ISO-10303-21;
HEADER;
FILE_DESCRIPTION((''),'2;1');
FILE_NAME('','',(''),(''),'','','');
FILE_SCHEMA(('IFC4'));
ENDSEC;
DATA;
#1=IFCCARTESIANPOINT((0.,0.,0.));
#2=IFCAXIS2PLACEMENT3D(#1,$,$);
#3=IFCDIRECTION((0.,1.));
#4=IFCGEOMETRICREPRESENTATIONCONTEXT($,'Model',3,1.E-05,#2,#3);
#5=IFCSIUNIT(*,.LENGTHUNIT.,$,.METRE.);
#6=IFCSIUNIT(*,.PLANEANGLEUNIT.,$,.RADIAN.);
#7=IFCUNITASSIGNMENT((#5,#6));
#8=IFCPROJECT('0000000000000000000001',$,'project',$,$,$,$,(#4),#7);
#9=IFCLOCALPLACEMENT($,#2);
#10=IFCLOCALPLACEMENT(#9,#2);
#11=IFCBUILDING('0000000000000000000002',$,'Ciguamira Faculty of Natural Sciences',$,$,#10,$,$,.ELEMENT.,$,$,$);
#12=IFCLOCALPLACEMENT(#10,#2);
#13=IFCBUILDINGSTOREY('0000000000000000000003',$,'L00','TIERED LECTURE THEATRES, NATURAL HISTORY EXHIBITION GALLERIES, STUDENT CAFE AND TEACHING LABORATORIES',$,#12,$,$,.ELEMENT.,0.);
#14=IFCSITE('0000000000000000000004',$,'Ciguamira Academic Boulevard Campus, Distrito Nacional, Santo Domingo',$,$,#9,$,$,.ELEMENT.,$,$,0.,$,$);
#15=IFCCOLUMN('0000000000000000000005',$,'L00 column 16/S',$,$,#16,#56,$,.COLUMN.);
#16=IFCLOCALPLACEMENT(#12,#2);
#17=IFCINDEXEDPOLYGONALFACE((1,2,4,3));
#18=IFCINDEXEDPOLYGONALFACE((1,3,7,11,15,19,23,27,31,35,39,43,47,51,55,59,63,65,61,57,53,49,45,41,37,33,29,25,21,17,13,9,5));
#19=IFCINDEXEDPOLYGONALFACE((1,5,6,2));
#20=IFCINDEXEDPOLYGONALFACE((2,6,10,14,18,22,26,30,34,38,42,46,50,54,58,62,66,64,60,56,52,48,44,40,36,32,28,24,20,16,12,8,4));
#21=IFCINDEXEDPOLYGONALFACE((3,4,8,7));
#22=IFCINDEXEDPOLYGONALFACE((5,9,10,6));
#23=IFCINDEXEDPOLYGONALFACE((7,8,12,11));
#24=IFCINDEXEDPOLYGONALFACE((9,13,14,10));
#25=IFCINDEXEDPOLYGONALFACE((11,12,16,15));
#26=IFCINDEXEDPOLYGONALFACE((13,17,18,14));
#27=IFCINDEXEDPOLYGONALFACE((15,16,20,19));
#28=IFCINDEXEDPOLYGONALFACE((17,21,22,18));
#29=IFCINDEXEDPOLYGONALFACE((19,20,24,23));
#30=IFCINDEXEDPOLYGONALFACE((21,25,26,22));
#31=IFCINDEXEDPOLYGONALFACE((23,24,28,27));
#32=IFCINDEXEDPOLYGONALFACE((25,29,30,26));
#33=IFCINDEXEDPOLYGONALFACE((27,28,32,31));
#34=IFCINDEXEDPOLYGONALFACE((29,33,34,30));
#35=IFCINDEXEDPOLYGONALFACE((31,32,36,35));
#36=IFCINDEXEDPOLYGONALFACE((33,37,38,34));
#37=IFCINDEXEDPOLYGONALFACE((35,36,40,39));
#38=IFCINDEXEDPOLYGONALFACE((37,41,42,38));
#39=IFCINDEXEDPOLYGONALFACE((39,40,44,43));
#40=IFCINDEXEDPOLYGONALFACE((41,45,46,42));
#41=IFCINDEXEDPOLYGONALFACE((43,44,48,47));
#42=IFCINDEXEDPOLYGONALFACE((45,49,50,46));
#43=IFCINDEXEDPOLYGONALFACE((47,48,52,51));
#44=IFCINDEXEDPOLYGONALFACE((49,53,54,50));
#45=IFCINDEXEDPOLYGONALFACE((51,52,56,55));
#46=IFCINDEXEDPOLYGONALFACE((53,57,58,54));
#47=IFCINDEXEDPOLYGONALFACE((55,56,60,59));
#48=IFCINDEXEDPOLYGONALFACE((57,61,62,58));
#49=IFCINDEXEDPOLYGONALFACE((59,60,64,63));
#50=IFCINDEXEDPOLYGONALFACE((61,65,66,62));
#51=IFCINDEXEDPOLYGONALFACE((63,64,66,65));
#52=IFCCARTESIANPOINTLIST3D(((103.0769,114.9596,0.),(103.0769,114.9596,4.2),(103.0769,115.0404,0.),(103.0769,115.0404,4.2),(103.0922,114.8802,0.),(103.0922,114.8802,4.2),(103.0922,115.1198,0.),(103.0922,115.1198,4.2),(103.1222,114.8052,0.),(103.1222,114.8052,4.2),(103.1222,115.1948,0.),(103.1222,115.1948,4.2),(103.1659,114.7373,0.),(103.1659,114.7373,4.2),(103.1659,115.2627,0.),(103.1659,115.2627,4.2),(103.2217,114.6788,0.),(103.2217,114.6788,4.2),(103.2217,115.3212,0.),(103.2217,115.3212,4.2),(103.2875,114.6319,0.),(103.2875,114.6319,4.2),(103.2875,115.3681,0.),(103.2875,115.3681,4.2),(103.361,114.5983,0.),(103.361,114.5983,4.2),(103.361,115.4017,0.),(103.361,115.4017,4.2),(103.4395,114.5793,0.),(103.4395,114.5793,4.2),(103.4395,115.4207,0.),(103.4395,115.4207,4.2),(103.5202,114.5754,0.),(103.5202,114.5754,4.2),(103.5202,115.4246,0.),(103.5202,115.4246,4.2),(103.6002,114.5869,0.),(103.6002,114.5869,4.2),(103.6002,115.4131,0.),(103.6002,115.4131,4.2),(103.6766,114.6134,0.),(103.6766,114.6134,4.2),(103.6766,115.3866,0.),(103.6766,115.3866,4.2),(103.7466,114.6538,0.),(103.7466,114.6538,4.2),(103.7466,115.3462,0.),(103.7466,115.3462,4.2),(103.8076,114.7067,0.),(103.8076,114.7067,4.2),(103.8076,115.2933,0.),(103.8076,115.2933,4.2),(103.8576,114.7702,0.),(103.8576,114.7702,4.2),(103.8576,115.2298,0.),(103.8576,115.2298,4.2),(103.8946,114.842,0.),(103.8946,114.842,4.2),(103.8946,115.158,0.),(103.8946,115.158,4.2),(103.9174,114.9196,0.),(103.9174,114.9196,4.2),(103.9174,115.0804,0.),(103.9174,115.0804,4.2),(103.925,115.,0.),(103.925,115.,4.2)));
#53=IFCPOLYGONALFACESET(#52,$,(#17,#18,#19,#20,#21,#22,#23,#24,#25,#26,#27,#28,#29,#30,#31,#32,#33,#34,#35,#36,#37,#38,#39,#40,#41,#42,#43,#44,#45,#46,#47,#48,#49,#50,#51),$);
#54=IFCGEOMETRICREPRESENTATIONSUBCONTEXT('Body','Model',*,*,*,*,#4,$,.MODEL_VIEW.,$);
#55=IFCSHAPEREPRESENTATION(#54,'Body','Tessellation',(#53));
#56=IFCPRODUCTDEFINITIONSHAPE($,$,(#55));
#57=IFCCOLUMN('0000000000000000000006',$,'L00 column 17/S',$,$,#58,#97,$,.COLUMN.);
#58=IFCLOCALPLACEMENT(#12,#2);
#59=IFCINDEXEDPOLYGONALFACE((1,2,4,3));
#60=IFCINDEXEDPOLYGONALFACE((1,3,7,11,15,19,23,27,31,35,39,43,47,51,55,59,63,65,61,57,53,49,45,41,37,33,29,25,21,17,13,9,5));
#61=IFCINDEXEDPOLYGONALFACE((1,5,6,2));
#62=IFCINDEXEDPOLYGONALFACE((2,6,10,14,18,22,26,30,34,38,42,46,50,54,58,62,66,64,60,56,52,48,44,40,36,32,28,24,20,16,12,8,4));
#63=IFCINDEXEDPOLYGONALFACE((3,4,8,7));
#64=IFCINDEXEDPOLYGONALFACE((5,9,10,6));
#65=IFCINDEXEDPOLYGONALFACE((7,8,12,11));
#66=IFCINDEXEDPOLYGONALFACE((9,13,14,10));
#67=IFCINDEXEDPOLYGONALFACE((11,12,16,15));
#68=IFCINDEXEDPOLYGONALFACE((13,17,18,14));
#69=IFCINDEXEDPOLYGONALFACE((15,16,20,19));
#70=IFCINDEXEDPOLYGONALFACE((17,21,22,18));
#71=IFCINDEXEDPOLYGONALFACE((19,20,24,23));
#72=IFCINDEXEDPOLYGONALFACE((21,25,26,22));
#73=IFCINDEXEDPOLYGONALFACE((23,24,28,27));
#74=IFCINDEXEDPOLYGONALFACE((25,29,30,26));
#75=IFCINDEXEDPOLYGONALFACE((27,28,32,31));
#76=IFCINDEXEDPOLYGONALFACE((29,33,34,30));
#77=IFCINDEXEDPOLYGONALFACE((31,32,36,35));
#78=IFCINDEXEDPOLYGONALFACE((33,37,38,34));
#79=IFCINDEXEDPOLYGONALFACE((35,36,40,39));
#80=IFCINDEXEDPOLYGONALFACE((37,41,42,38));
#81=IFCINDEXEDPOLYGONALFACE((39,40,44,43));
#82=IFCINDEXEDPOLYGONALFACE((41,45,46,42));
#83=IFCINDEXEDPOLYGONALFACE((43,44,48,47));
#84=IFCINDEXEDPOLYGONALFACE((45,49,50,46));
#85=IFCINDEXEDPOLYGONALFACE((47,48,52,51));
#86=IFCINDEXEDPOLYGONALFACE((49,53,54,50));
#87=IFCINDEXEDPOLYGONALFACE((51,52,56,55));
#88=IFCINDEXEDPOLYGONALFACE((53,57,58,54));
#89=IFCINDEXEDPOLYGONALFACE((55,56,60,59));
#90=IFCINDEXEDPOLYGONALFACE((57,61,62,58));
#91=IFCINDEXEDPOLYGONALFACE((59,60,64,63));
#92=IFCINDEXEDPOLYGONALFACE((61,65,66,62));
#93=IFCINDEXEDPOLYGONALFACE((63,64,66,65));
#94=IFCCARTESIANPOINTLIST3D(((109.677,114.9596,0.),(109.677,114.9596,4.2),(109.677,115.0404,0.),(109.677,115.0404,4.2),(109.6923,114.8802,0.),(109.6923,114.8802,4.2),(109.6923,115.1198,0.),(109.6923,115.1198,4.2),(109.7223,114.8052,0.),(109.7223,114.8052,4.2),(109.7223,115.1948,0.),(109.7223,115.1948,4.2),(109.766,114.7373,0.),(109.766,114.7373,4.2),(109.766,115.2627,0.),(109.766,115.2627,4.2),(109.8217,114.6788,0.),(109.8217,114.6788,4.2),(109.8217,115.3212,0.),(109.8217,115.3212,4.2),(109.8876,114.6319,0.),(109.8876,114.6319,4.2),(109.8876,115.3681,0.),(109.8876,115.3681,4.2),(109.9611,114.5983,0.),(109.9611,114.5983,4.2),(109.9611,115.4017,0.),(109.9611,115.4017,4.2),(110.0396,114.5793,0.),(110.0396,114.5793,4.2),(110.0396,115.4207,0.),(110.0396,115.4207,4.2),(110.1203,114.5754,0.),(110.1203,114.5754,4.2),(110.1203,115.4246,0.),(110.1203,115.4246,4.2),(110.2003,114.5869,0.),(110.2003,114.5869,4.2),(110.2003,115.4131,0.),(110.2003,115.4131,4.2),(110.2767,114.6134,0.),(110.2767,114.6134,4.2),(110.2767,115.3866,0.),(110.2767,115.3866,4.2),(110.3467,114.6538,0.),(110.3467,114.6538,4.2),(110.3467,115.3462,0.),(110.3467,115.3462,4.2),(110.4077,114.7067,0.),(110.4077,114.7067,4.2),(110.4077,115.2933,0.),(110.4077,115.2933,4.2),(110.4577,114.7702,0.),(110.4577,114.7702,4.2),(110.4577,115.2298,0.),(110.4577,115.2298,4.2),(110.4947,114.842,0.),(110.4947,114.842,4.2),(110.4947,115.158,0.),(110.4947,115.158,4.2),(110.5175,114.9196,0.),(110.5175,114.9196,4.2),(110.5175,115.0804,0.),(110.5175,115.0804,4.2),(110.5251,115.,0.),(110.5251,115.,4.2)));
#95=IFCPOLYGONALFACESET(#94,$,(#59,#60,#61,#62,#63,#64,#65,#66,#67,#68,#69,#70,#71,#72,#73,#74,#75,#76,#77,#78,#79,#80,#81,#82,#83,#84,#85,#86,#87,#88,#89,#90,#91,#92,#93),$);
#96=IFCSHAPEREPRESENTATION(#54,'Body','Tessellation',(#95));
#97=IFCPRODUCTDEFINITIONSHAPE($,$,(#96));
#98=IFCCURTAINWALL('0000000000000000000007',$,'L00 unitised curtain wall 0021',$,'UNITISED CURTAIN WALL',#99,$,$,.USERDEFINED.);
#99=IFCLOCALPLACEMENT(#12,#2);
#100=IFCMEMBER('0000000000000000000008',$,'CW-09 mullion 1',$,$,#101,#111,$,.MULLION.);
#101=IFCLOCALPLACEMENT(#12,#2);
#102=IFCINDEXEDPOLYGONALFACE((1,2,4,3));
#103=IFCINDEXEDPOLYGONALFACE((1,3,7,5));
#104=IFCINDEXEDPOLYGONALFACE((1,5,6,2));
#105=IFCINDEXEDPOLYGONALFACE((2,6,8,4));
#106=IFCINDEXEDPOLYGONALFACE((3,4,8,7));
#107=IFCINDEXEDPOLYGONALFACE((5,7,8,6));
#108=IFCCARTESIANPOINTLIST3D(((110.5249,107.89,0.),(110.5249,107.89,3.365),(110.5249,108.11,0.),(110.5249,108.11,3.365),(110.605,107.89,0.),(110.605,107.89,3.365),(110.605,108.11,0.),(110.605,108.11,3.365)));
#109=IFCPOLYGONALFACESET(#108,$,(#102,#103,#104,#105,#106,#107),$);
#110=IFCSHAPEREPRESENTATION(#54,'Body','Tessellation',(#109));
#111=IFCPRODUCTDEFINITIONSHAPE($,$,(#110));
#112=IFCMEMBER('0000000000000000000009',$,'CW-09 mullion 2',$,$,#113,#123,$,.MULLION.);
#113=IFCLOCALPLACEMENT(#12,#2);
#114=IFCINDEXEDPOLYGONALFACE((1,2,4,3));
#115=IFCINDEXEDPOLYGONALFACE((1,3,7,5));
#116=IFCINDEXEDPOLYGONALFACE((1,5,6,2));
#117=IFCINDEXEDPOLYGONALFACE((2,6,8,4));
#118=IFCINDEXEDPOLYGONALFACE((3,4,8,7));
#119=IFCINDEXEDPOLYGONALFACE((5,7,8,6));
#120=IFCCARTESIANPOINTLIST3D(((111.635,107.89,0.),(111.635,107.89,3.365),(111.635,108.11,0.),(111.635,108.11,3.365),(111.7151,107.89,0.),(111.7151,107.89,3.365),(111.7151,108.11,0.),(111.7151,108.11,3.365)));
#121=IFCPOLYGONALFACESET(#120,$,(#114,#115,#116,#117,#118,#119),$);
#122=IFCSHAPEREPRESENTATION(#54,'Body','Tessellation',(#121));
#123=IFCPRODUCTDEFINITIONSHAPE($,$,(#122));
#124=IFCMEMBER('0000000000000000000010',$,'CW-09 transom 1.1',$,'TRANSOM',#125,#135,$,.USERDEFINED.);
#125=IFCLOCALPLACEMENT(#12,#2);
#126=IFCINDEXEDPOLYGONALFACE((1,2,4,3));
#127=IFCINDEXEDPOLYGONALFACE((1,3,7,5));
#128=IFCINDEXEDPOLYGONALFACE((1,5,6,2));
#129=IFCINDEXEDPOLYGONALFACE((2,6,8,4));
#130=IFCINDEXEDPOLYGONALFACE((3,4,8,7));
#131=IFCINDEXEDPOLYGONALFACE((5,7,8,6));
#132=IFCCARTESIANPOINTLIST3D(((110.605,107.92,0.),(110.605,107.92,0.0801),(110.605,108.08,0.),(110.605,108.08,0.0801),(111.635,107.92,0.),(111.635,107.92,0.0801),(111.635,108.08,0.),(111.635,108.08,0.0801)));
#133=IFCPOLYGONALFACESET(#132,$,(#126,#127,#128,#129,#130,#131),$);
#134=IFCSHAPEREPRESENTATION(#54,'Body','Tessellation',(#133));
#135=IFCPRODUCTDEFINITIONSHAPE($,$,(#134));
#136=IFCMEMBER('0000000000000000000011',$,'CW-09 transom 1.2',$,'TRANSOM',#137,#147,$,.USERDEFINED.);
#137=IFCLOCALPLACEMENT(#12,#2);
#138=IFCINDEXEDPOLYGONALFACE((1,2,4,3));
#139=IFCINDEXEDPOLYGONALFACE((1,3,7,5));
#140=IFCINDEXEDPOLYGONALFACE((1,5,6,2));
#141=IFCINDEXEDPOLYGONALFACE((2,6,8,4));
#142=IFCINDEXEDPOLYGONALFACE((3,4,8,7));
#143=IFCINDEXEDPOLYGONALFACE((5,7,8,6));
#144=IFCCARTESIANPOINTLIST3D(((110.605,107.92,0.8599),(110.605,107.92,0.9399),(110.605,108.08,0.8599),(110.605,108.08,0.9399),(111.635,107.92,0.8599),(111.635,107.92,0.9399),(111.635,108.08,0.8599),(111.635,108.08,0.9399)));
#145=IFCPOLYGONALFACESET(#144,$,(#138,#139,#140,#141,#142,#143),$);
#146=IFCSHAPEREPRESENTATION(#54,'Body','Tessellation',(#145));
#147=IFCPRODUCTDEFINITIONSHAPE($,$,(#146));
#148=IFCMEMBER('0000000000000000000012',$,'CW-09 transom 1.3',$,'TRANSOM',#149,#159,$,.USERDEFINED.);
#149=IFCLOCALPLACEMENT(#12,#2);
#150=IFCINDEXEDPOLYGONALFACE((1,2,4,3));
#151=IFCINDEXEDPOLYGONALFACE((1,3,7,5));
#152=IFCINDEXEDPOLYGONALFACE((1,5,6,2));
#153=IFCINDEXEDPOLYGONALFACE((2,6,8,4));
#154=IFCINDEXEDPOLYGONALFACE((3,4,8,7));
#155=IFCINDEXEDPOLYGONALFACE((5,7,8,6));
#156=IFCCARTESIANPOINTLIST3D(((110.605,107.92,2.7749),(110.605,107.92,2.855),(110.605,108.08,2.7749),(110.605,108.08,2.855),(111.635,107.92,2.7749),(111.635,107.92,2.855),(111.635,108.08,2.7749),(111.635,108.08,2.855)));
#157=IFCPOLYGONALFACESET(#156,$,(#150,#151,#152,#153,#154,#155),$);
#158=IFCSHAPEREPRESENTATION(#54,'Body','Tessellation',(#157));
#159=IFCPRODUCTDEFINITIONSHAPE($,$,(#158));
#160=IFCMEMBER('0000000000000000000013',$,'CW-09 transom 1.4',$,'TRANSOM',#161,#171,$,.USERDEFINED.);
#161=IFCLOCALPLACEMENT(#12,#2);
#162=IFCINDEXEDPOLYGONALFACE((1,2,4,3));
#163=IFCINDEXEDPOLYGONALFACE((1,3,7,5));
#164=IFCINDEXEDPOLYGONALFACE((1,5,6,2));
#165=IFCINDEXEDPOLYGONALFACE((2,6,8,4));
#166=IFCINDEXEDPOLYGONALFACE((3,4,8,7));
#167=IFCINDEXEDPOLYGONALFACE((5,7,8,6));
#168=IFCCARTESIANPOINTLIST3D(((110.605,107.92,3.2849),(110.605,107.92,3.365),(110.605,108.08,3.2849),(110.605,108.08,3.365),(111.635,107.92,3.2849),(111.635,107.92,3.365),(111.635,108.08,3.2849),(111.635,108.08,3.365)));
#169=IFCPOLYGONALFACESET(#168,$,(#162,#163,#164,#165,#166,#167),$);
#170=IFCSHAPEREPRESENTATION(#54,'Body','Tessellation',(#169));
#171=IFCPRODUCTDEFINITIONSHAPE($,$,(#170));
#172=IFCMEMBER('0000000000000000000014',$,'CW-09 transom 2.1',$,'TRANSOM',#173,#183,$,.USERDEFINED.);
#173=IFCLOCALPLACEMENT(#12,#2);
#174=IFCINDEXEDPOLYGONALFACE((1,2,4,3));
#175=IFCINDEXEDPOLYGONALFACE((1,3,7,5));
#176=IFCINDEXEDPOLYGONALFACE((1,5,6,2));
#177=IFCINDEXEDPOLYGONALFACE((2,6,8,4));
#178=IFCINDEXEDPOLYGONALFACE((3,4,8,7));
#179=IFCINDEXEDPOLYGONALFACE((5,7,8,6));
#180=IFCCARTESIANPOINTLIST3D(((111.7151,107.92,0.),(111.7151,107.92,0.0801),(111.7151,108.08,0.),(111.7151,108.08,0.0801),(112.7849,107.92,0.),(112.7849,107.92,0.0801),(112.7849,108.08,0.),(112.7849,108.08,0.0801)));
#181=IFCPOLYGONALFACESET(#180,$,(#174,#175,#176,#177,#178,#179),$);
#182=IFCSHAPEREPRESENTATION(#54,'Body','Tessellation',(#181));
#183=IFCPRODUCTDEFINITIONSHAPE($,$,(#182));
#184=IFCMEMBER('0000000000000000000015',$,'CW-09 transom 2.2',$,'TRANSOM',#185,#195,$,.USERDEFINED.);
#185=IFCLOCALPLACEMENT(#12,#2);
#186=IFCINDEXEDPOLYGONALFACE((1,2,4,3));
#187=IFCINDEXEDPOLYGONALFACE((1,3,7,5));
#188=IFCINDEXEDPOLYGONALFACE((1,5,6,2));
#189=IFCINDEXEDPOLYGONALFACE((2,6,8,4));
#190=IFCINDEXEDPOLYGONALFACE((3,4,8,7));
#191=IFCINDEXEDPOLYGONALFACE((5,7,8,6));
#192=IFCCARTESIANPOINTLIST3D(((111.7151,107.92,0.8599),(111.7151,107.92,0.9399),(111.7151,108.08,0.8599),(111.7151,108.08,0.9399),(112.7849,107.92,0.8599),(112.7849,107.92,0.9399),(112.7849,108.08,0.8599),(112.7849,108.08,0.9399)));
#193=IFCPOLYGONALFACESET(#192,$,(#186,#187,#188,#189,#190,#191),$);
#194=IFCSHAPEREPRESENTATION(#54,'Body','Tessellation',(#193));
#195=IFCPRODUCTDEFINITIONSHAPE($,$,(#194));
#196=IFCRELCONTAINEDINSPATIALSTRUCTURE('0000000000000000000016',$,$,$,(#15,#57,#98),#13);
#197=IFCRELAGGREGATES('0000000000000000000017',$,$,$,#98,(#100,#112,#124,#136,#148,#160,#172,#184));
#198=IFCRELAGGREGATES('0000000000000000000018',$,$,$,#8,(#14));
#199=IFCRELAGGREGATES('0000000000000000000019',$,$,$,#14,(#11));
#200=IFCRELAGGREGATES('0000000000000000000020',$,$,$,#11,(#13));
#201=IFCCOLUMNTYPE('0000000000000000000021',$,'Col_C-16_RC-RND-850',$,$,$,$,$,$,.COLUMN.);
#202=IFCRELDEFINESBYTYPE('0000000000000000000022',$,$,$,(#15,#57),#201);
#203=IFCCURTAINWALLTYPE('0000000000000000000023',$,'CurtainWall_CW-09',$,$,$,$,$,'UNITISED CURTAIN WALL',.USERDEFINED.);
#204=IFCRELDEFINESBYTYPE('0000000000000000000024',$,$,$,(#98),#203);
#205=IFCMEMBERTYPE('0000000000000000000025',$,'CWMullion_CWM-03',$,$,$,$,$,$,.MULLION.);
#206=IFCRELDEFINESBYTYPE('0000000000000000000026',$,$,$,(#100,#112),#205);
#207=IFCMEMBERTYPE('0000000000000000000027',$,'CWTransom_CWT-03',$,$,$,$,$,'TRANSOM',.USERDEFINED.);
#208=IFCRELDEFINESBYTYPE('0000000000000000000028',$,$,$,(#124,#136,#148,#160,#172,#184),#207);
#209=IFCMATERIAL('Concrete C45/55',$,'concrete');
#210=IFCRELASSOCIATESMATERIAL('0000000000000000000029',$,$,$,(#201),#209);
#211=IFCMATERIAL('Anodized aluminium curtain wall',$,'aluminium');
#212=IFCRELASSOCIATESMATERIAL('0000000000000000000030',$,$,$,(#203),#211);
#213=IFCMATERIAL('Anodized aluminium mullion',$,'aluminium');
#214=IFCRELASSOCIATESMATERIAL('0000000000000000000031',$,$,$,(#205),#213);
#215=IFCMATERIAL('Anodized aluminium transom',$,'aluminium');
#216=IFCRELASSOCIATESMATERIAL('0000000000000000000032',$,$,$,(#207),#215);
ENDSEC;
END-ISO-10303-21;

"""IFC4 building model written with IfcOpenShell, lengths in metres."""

from ifc_helpers import new_model, si_unit, direction, frame, origin, origin_2d, place, context, subcontext, project, spatial, rectangle, circle, extrude, material, material_profile, profile_set, type_object, element, aggregate, save


model = new_model("IFC4")

# Units and contexts
model_context = context("Model", 3, precision=1e-05, world=origin(), true_north=direction((0.0, 1.0)))
body_context = subcontext(model_context, "Body", "Model", "MODEL_VIEW")
ifc_project = project(units=[si_unit("LENGTHUNIT", "METRE"), si_unit("PLANEANGLEUNIT", "RADIAN")], contexts=[model_context])

# Site, building, storey
site_placement = place(None, origin())
site = spatial("IfcSite", under=ifc_project, at=site_placement, Name="Ciguamira Academic Boulevard Campus, Distrito Nacional, Santo Domingo", CompositionType="ELEMENT", RefElevation=0.0)
building_placement = place(site_placement, origin())
building = spatial("IfcBuilding", under=site, at=building_placement, Name="Ciguamira Faculty of Natural Sciences", CompositionType="ELEMENT")
storey_placement = place(building_placement, origin())
storey = spatial("IfcBuildingStorey", under=building, at=storey_placement, Name="L00", Description="TIERED LECTURE THEATRES, NATURAL HISTORY EXHIBITION GALLERIES, STUDENT CAFE AND TEACHING LABORATORIES", CompositionType="ELEMENT", Elevation=0.0)

# Columns
ifc_material_1 = material(Name="Concrete C45/55", Category="concrete")
ifc_material_profile_1 = material_profile(ifc_material_1, circle(Radius=0.425, at=origin_2d()), Name="RC-RND-850")
ifc_profile_set_1 = profile_set([ifc_material_profile_1], Name="Concrete C45/55")
column_type = type_object("IfcColumnType", Name="Col_C-16_RC-RND-850", PredefinedType="COLUMN", material=ifc_profile_set_1)
for number, where, z_axis, x_axis, name in (
    (1, (103.5, 115.0, 0.0), (0.0, 0.0, 1.0), (1.0, 0.0, 0.0), "L00 column 16/S"),
    (2, (110.1001, 115.0, 0.0), (0.0, 0.0, 1.0), (1.0, 0.0, 0.0), "L00 column 17/S"),
):
    element("IfcColumn", number, at=place(storey_placement, frame(where, z_axis=z_axis, x_axis=x_axis)), inside=storey, type_object=column_type, Name=name, PredefinedType="COLUMN", context=body_context, shape_type="SweptSolid", body=[
        extrude(circle(Radius=0.425, at=origin_2d()), origin(), (0.0, 0.0, 1.0), 4.2),
    ])

# Curtain wall, members
ifc_material_2 = material(Name="Anodized aluminium curtain wall", Category="aluminium")
curtain_wall_type = type_object("IfcCurtainWallType", Name="CurtainWall_CW-09", ElementType="UNITISED CURTAIN WALL", PredefinedType="USERDEFINED", material=ifc_material_2)
curtain_wall_placement = place(storey_placement, origin())
curtain_wall = element("IfcCurtainWall", 3, at=curtain_wall_placement, inside=storey, type_object=curtain_wall_type, Name="L00 unitised curtain wall 0021", ObjectType="UNITISED CURTAIN WALL", PredefinedType="USERDEFINED")
ifc_material_3 = material(Name="Anodized aluminium mullion", Category="aluminium")
ifc_material_profile_2 = material_profile(ifc_material_3, rectangle(XDim=0.0801, YDim=0.22, at=origin_2d()), Name="ALU-MUL-80X220")
ifc_profile_set_2 = profile_set([ifc_material_profile_2], Name="Anodized aluminium mullion")
member_type_1 = type_object("IfcMemberType", Name="CWMullion_CWM-03", PredefinedType="MULLION", material=ifc_profile_set_2)
member_1_placement = place(storey_placement, frame((110.5649, 108.0, 0.0), z_axis=(0.0, 0.0, 1.0), x_axis=(1.0, 0.0, 0.0)))
member_1 = element("IfcMember", 4, at=member_1_placement, type_object=member_type_1, Name="CW-09 mullion 1", PredefinedType="MULLION", context=body_context, shape_type="SweptSolid", body=[
    extrude(rectangle(XDim=0.0801, YDim=0.22, at=origin_2d()), origin(), (0.0, 0.0, 1.0), 3.365),
])
member_2_placement = place(storey_placement, frame((111.675, 108.0, 0.0), z_axis=(0.0, 0.0, 1.0), x_axis=(1.0, 0.0, 0.0)))
member_2 = element("IfcMember", 5, at=member_2_placement, type_object=member_type_1, Name="CW-09 mullion 2", PredefinedType="MULLION", context=body_context, shape_type="SweptSolid", body=[
    extrude(rectangle(XDim=0.0801, YDim=0.22, at=origin_2d()), origin(), (0.0, 0.0, 1.0), 3.365),
])
ifc_material_4 = material(Name="Anodized aluminium transom", Category="aluminium")
ifc_material_profile_3 = material_profile(ifc_material_4, rectangle(XDim=0.0801, YDim=0.1599, at=origin_2d()), Name="ALU-TRN-80X160")
ifc_profile_set_3 = profile_set([ifc_material_profile_3], Name="Anodized aluminium transom")
member_type_2 = type_object("IfcMemberType", Name="CWTransom_CWT-03", ElementType="TRANSOM", PredefinedType="USERDEFINED", material=ifc_profile_set_3)
member_3_placement = place(storey_placement, frame((110.605, 108.0, 0.04), z_axis=(1.0, 0.0, 0.0), x_axis=(0.0, 0.0, 1.0)))
member_3 = element("IfcMember", 6, at=member_3_placement, type_object=member_type_2, Name="CW-09 transom 1.1", ObjectType="TRANSOM", PredefinedType="USERDEFINED", context=body_context, shape_type="SweptSolid", body=[
    extrude(rectangle(XDim=0.0801, YDim=0.1599, at=origin_2d()), origin(), (0.0, 0.0, 1.0), 1.03),
])
member_4_placement = place(storey_placement, frame((110.605, 108.0, 0.8999), z_axis=(1.0, 0.0, 0.0), x_axis=(0.0, 0.0, 1.0)))
member_4 = element("IfcMember", 7, at=member_4_placement, type_object=member_type_2, Name="CW-09 transom 1.2", ObjectType="TRANSOM", PredefinedType="USERDEFINED", context=body_context, shape_type="SweptSolid", body=[
    extrude(rectangle(XDim=0.0801, YDim=0.1599, at=origin_2d()), origin(), (0.0, 0.0, 1.0), 1.03),
])
member_5_placement = place(storey_placement, frame((110.605, 108.0, 2.8149), z_axis=(1.0, 0.0, 0.0), x_axis=(0.0, 0.0, 1.0)))
member_5 = element("IfcMember", 8, at=member_5_placement, type_object=member_type_2, Name="CW-09 transom 1.3", ObjectType="TRANSOM", PredefinedType="USERDEFINED", context=body_context, shape_type="SweptSolid", body=[
    extrude(rectangle(XDim=0.0801, YDim=0.1599, at=origin_2d()), origin(), (0.0, 0.0, 1.0), 1.03),
])
member_6_placement = place(storey_placement, frame((110.605, 108.0, 3.325), z_axis=(1.0, 0.0, 0.0), x_axis=(0.0, 0.0, 1.0)))
member_6 = element("IfcMember", 9, at=member_6_placement, type_object=member_type_2, Name="CW-09 transom 1.4", ObjectType="TRANSOM", PredefinedType="USERDEFINED", context=body_context, shape_type="SweptSolid", body=[
    extrude(rectangle(XDim=0.0801, YDim=0.1599, at=origin_2d()), origin(), (0.0, 0.0, 1.0), 1.03),
])
member_7_placement = place(storey_placement, frame((111.7151, 108.0, 0.04), z_axis=(1.0, 0.0, 0.0), x_axis=(0.0, 0.0, 1.0)))
member_7 = element("IfcMember", 10, at=member_7_placement, type_object=member_type_2, Name="CW-09 transom 2.1", ObjectType="TRANSOM", PredefinedType="USERDEFINED", context=body_context, shape_type="SweptSolid", body=[
    extrude(rectangle(XDim=0.0801, YDim=0.1599, at=origin_2d()), origin(), (0.0, 0.0, 1.0), 1.0698),
])
member_8_placement = place(storey_placement, frame((111.7151, 108.0, 0.8999), z_axis=(1.0, 0.0, 0.0), x_axis=(0.0, 0.0, 1.0)))
member_8 = element("IfcMember", 11, at=member_8_placement, type_object=member_type_2, Name="CW-09 transom 2.2", ObjectType="TRANSOM", PredefinedType="USERDEFINED", context=body_context, shape_type="SweptSolid", body=[
    extrude(rectangle(XDim=0.0801, YDim=0.1599, at=origin_2d()), origin(), (0.0, 0.0, 1.0), 1.0698),
])

aggregate(curtain_wall, [member_1, member_2, member_3, member_4, member_5, member_6, member_7, member_8])

save(model, "model.ifc")
